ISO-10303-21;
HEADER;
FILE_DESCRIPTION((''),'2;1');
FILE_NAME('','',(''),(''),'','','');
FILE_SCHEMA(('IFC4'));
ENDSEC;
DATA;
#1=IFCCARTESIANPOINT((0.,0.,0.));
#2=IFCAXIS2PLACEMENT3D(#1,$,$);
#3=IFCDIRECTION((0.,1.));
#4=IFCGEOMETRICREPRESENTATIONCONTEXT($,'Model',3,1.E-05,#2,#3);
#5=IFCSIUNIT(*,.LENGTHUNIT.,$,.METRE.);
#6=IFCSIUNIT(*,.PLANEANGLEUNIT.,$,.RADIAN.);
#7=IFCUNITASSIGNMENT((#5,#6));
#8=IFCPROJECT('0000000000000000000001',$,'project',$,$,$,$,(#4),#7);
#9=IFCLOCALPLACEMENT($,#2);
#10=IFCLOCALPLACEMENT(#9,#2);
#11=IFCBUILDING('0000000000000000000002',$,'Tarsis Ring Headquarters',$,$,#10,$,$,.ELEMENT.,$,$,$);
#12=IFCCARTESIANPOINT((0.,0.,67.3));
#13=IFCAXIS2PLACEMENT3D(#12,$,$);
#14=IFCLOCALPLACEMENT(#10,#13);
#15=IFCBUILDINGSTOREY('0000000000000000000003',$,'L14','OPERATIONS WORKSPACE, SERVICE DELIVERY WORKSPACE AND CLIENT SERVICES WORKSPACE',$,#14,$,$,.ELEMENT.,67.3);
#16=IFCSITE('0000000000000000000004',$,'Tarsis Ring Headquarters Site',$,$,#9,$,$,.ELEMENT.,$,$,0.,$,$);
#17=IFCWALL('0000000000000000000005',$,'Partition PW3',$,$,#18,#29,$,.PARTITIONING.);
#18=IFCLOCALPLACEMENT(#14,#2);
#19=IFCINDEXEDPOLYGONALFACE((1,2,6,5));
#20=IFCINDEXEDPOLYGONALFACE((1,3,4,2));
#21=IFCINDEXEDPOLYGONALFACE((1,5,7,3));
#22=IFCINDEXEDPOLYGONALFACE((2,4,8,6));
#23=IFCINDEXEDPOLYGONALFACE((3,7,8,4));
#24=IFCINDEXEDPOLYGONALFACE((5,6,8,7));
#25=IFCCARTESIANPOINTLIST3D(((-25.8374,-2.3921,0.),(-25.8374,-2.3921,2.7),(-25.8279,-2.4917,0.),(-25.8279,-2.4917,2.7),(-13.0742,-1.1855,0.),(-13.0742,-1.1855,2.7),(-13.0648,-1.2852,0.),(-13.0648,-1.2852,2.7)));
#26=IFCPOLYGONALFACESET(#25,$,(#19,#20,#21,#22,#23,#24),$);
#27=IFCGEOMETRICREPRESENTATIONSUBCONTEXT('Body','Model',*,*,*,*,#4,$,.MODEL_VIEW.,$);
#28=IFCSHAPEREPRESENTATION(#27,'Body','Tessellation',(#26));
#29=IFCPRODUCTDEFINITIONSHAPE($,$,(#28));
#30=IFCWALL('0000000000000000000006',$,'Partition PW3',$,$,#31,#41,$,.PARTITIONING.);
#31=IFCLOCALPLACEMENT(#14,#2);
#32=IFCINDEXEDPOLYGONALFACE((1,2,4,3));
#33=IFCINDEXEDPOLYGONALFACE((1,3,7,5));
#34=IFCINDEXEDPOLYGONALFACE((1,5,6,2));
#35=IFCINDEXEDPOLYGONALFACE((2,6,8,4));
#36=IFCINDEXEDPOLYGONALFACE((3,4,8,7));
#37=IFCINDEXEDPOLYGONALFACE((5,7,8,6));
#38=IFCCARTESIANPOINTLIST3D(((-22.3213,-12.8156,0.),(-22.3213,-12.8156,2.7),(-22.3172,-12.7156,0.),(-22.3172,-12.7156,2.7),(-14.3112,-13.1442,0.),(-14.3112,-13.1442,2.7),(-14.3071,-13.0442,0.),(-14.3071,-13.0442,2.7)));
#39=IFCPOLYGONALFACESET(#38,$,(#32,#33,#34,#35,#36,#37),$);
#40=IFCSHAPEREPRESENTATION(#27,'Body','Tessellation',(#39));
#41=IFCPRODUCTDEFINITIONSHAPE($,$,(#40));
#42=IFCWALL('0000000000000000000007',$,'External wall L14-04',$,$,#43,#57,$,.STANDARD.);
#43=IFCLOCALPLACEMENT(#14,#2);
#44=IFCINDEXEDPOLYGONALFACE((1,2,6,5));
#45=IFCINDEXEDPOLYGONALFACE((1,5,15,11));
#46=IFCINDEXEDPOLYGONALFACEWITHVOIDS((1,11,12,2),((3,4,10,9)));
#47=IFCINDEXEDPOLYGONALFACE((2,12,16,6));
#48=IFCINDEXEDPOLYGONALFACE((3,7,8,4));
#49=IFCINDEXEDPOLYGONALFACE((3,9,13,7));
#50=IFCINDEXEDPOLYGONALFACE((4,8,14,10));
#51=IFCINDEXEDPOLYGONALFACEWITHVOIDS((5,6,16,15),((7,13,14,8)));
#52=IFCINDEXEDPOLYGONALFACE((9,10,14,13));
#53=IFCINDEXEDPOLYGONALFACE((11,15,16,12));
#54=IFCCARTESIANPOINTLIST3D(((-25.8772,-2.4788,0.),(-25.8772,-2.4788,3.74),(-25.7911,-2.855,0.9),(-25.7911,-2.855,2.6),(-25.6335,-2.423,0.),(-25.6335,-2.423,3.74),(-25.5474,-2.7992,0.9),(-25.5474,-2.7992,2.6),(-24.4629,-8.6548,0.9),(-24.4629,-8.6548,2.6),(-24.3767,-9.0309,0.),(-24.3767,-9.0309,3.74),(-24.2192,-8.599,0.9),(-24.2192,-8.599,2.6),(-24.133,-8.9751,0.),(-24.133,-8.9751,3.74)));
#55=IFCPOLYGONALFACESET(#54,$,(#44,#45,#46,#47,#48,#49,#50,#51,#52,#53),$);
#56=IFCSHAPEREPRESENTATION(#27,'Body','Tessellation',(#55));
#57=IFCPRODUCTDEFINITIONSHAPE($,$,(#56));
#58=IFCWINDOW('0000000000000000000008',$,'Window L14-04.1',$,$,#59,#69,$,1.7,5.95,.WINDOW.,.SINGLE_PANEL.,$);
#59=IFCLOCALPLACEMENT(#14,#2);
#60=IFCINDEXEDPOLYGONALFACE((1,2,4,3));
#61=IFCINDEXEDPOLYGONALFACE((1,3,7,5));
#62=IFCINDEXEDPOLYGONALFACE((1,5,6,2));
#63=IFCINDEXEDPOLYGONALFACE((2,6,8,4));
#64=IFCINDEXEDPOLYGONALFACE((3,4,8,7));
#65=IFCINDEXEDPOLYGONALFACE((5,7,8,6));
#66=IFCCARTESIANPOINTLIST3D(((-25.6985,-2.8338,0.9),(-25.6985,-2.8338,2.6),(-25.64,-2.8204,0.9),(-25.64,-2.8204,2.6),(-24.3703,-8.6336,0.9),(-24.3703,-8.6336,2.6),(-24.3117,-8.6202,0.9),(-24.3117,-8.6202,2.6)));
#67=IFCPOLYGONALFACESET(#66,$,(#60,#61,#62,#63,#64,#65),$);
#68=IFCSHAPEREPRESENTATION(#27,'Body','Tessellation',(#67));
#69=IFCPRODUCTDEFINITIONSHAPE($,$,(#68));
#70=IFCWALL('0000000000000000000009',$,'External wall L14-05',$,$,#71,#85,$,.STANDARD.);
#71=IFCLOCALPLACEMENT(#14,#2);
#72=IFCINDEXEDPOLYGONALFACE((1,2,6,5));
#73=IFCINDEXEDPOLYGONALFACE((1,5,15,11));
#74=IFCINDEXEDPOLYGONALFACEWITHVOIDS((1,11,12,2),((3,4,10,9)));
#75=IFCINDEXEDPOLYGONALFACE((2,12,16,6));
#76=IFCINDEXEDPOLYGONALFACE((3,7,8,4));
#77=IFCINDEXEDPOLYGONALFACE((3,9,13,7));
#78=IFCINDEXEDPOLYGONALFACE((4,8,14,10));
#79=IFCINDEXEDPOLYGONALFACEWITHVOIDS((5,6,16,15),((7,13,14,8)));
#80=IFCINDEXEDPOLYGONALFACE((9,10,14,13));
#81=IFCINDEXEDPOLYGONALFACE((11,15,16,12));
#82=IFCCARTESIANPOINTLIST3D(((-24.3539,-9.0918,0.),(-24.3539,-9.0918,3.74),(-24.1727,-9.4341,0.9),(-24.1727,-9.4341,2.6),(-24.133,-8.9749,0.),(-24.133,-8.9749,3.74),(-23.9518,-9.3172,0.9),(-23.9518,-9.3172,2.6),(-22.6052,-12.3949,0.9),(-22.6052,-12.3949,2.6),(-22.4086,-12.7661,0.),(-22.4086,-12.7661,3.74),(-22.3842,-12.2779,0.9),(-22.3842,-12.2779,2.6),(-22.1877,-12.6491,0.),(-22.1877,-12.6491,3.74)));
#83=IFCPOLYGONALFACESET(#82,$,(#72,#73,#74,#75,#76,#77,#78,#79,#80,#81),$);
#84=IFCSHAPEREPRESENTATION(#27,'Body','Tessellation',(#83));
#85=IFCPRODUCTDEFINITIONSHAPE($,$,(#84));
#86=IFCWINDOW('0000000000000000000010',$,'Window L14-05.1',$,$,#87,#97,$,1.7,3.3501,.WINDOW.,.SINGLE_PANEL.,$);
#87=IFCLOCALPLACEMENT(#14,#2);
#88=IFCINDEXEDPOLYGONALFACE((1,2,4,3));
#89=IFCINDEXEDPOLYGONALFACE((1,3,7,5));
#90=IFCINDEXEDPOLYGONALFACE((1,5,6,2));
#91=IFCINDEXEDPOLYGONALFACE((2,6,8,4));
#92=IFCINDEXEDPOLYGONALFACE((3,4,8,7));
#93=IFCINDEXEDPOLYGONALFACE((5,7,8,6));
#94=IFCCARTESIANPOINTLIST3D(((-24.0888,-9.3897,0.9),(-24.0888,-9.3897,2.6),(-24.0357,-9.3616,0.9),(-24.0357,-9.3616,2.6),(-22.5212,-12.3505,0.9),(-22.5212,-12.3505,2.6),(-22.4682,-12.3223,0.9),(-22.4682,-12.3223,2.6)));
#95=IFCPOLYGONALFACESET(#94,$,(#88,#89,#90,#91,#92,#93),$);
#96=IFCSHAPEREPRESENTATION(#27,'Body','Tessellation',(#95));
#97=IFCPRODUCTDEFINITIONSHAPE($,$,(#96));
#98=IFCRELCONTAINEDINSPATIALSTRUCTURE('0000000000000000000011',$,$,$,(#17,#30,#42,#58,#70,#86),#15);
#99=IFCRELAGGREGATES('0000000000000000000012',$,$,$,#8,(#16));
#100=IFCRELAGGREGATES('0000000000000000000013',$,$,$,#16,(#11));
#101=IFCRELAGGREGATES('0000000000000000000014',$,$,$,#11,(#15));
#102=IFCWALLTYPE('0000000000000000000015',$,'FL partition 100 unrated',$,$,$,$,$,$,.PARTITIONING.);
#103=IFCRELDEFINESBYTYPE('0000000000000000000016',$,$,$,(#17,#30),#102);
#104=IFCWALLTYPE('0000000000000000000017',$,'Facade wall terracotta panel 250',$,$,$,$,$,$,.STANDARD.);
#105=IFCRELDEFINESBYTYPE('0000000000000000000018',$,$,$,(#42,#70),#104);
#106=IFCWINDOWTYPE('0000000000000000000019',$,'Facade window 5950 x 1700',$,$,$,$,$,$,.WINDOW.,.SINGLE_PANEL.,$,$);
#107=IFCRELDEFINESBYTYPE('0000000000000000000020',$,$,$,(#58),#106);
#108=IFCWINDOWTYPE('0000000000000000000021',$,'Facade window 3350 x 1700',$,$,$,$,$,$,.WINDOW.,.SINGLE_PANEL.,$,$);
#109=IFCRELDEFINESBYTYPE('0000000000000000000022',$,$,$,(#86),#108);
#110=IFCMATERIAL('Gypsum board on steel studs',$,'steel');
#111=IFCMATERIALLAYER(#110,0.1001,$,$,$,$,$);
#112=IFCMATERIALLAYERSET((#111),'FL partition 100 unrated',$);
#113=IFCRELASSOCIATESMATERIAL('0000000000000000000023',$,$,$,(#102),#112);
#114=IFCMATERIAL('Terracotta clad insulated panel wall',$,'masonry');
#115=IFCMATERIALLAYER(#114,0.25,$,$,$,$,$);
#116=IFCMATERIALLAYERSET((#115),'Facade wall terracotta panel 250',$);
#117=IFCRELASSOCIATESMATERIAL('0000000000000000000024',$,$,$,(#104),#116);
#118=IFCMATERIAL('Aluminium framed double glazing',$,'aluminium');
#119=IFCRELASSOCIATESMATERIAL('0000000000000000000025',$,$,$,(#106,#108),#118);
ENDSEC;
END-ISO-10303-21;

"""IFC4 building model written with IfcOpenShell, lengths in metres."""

from ifc_helpers import new_model, si_unit, direction, frame, frame_2d, origin, place, context, subcontext, project, spatial, rectangle, extrude, material, layer, layer_set, type_object, element, fill, save


model = new_model("IFC4")

# Units and contexts
model_context = context("Model", 3, precision=1e-05, world=origin(), true_north=direction((0.0, 1.0)))
body_context = subcontext(model_context, "Body", "Model", "MODEL_VIEW")
ifc_project = project(units=[si_unit("LENGTHUNIT", "METRE"), si_unit("PLANEANGLEUNIT", "RADIAN")], contexts=[model_context])

# Site, building, storey
site_placement = place(None, origin())
site = spatial("IfcSite", under=ifc_project, at=site_placement, Name="Tarsis Ring Headquarters Site", CompositionType="ELEMENT", RefElevation=0.0)
building_placement = place(site_placement, origin())
building = spatial("IfcBuilding", under=site, at=building_placement, Name="Tarsis Ring Headquarters", CompositionType="ELEMENT")
storey_placement = place(building_placement, frame((0.0, 0.0, 67.3)))
storey = spatial("IfcBuildingStorey", under=building, at=storey_placement, Name="L14", Description="OPERATIONS WORKSPACE, SERVICE DELIVERY WORKSPACE AND CLIENT SERVICES WORKSPACE", CompositionType="ELEMENT", Elevation=67.3)

# Walls
ifc_material_1 = material(Name="Gypsum board on steel studs", Category="steel")
ifc_layer_1 = layer(ifc_material_1, 0.1001)
ifc_layer_set_1 = layer_set([ifc_layer_1], Name="FL partition 100 unrated")
wall_type_1 = type_object("IfcWallType", Name="FL partition 100 unrated", PredefinedType="PARTITIONING", material=ifc_layer_set_1)
wall_1_placement = place(storey_placement, frame((-25.8328, -2.4419, 0.0), z_axis=(0.0, 0.0, 1.0), x_axis=(0.995561, 0.094113, 0.0)))
element("IfcWall", 1, at=wall_1_placement, inside=storey, type_object=wall_type_1, Name="Partition PW3", PredefinedType="PARTITIONING", context=body_context, shape_type="SweptSolid", body=[
    extrude(rectangle(XDim=12.8201, YDim=0.1001, at=frame_2d((6.4102, 0.0))), origin(), (0.0, 0.0, 1.0), 2.7),
])
wall_2_placement = place(storey_placement, frame((-22.3191, -12.7656, 0.0), z_axis=(0.0, 0.0, 1.0), x_axis=(0.99916, -0.040991, 0.0)))
element("IfcWall", 2, at=wall_2_placement, inside=storey, type_object=wall_type_1, Name="Partition PW3", PredefinedType="PARTITIONING", context=body_context, shape_type="SweptSolid", body=[
    extrude(rectangle(XDim=8.0168, YDim=0.1001, at=frame_2d((4.0083, 0.0))), origin(), (0.0, 0.0, 1.0), 2.7),
])

# Walls, openings, windows
ifc_material_2 = material(Name="Terracotta clad insulated panel wall", Category="masonry")
ifc_layer_2 = layer(ifc_material_2, 0.25)
ifc_layer_set_2 = layer_set([ifc_layer_2], Name="Facade wall terracotta panel 250")
wall_type_2 = type_object("IfcWallType", Name="Facade wall terracotta panel 250", PredefinedType="STANDARD", material=ifc_layer_set_2)
wall_3_placement = place(storey_placement, frame((-25.7554, -2.4509, 0.0), z_axis=(0.0, 0.0, 1.0), x_axis=(0.223233, -0.974765, 0.0)))
wall_3 = element("IfcWall", 3, at=wall_3_placement, inside=storey, type_object=wall_type_2, Name="External wall L14-04", PredefinedType="STANDARD", context=body_context, shape_type="SweptSolid", body=[
    extrude(rectangle(XDim=6.7217, YDim=0.25, at=frame_2d((3.3608, 0.0))), origin(), (0.0, 0.0, 1.0), 3.74),
])
opening_1_placement = place(wall_3_placement, frame((0.3857, 0.0, 0.8999)))
opening_1 = element("IfcOpeningElement", 4, at=opening_1_placement, cuts=wall_3, PredefinedType="OPENING", context=body_context, shape_type="SweptSolid", body=[
    extrude(rectangle(XDim=5.95, YDim=1.7, at=frame_2d((2.9751, 0.8501))), frame((0.0, 0.135, 0.0), z_axis=(0.0, -1.0, 0.0), x_axis=(1.0, 0.0, 0.0)), (0.0, 0.0, 1.0), 0.27),
])
ifc_material_3 = material(Name="Aluminium framed double glazing", Category="aluminium")
window_type_1 = type_object("IfcWindowType", Name="Facade window 5950 x 1700", PartitioningType="SINGLE_PANEL", PredefinedType="WINDOW", material=ifc_material_3)
window_1_placement = place(opening_1_placement, origin())
window_1 = element("IfcWindow", 5, at=window_1_placement, inside=storey, type_object=window_type_1, Name="Window L14-04.1", OverallHeight=1.7, OverallWidth=5.95, PartitioningType="SINGLE_PANEL", PredefinedType="WINDOW", context=body_context, shape_type="SweptSolid", body=[
    extrude(rectangle(XDim=5.95, YDim=1.7, at=frame_2d((2.9751, 0.8501))), frame((0.0, 0.03, 0.0), z_axis=(0.0, -1.0, 0.0), x_axis=(1.0, 0.0, 0.0)), (0.0, 0.0, 1.0), 0.0601),
])
fill(opening_1, window_1)
wall_4_placement = place(storey_placement, frame((-24.2434, -9.0334, 0.0), z_axis=(0.0, 0.0, 1.0), x_axis=(0.467904, -0.883779, 0.0)))
wall_4 = element("IfcWall", 6, at=wall_4_placement, inside=storey, type_object=wall_type_2, Name="External wall L14-05", PredefinedType="STANDARD", context=body_context, shape_type="SweptSolid", body=[
    extrude(rectangle(XDim=4.1575, YDim=0.25, at=frame_2d((2.0786, 0.0))), origin(), (0.0, 0.0, 1.0), 3.74),
])
opening_2_placement = place(wall_4_placement, frame((0.3872, 0.0, 0.8999)))
opening_2 = element("IfcOpeningElement", 7, at=opening_2_placement, cuts=wall_4, PredefinedType="OPENING", context=body_context, shape_type="SweptSolid", body=[
    extrude(rectangle(XDim=3.3501, YDim=1.7, at=frame_2d((1.675, 0.8501))), frame((0.0, 0.135, 0.0), z_axis=(0.0, -1.0, 0.0), x_axis=(1.0, 0.0, 0.0)), (0.0, 0.0, 1.0), 0.27),
])
window_type_2 = type_object("IfcWindowType", Name="Facade window 3350 x 1700", PartitioningType="SINGLE_PANEL", PredefinedType="WINDOW", material=ifc_material_3)
window_2_placement = place(opening_2_placement, origin())
window_2 = element("IfcWindow", 8, at=window_2_placement, inside=storey, type_object=window_type_2, Name="Window L14-05.1", OverallHeight=1.7, OverallWidth=3.3501, PartitioningType="SINGLE_PANEL", PredefinedType="WINDOW", context=body_context, shape_type="SweptSolid", body=[
    extrude(rectangle(XDim=3.3501, YDim=1.7, at=frame_2d((1.675, 0.8501))), frame((0.0, 0.03, 0.0), z_axis=(0.0, -1.0, 0.0), x_axis=(1.0, 0.0, 0.0)), (0.0, 0.0, 1.0), 0.0601),
])
fill(opening_2, window_2)

save(model, "model.ifc")
